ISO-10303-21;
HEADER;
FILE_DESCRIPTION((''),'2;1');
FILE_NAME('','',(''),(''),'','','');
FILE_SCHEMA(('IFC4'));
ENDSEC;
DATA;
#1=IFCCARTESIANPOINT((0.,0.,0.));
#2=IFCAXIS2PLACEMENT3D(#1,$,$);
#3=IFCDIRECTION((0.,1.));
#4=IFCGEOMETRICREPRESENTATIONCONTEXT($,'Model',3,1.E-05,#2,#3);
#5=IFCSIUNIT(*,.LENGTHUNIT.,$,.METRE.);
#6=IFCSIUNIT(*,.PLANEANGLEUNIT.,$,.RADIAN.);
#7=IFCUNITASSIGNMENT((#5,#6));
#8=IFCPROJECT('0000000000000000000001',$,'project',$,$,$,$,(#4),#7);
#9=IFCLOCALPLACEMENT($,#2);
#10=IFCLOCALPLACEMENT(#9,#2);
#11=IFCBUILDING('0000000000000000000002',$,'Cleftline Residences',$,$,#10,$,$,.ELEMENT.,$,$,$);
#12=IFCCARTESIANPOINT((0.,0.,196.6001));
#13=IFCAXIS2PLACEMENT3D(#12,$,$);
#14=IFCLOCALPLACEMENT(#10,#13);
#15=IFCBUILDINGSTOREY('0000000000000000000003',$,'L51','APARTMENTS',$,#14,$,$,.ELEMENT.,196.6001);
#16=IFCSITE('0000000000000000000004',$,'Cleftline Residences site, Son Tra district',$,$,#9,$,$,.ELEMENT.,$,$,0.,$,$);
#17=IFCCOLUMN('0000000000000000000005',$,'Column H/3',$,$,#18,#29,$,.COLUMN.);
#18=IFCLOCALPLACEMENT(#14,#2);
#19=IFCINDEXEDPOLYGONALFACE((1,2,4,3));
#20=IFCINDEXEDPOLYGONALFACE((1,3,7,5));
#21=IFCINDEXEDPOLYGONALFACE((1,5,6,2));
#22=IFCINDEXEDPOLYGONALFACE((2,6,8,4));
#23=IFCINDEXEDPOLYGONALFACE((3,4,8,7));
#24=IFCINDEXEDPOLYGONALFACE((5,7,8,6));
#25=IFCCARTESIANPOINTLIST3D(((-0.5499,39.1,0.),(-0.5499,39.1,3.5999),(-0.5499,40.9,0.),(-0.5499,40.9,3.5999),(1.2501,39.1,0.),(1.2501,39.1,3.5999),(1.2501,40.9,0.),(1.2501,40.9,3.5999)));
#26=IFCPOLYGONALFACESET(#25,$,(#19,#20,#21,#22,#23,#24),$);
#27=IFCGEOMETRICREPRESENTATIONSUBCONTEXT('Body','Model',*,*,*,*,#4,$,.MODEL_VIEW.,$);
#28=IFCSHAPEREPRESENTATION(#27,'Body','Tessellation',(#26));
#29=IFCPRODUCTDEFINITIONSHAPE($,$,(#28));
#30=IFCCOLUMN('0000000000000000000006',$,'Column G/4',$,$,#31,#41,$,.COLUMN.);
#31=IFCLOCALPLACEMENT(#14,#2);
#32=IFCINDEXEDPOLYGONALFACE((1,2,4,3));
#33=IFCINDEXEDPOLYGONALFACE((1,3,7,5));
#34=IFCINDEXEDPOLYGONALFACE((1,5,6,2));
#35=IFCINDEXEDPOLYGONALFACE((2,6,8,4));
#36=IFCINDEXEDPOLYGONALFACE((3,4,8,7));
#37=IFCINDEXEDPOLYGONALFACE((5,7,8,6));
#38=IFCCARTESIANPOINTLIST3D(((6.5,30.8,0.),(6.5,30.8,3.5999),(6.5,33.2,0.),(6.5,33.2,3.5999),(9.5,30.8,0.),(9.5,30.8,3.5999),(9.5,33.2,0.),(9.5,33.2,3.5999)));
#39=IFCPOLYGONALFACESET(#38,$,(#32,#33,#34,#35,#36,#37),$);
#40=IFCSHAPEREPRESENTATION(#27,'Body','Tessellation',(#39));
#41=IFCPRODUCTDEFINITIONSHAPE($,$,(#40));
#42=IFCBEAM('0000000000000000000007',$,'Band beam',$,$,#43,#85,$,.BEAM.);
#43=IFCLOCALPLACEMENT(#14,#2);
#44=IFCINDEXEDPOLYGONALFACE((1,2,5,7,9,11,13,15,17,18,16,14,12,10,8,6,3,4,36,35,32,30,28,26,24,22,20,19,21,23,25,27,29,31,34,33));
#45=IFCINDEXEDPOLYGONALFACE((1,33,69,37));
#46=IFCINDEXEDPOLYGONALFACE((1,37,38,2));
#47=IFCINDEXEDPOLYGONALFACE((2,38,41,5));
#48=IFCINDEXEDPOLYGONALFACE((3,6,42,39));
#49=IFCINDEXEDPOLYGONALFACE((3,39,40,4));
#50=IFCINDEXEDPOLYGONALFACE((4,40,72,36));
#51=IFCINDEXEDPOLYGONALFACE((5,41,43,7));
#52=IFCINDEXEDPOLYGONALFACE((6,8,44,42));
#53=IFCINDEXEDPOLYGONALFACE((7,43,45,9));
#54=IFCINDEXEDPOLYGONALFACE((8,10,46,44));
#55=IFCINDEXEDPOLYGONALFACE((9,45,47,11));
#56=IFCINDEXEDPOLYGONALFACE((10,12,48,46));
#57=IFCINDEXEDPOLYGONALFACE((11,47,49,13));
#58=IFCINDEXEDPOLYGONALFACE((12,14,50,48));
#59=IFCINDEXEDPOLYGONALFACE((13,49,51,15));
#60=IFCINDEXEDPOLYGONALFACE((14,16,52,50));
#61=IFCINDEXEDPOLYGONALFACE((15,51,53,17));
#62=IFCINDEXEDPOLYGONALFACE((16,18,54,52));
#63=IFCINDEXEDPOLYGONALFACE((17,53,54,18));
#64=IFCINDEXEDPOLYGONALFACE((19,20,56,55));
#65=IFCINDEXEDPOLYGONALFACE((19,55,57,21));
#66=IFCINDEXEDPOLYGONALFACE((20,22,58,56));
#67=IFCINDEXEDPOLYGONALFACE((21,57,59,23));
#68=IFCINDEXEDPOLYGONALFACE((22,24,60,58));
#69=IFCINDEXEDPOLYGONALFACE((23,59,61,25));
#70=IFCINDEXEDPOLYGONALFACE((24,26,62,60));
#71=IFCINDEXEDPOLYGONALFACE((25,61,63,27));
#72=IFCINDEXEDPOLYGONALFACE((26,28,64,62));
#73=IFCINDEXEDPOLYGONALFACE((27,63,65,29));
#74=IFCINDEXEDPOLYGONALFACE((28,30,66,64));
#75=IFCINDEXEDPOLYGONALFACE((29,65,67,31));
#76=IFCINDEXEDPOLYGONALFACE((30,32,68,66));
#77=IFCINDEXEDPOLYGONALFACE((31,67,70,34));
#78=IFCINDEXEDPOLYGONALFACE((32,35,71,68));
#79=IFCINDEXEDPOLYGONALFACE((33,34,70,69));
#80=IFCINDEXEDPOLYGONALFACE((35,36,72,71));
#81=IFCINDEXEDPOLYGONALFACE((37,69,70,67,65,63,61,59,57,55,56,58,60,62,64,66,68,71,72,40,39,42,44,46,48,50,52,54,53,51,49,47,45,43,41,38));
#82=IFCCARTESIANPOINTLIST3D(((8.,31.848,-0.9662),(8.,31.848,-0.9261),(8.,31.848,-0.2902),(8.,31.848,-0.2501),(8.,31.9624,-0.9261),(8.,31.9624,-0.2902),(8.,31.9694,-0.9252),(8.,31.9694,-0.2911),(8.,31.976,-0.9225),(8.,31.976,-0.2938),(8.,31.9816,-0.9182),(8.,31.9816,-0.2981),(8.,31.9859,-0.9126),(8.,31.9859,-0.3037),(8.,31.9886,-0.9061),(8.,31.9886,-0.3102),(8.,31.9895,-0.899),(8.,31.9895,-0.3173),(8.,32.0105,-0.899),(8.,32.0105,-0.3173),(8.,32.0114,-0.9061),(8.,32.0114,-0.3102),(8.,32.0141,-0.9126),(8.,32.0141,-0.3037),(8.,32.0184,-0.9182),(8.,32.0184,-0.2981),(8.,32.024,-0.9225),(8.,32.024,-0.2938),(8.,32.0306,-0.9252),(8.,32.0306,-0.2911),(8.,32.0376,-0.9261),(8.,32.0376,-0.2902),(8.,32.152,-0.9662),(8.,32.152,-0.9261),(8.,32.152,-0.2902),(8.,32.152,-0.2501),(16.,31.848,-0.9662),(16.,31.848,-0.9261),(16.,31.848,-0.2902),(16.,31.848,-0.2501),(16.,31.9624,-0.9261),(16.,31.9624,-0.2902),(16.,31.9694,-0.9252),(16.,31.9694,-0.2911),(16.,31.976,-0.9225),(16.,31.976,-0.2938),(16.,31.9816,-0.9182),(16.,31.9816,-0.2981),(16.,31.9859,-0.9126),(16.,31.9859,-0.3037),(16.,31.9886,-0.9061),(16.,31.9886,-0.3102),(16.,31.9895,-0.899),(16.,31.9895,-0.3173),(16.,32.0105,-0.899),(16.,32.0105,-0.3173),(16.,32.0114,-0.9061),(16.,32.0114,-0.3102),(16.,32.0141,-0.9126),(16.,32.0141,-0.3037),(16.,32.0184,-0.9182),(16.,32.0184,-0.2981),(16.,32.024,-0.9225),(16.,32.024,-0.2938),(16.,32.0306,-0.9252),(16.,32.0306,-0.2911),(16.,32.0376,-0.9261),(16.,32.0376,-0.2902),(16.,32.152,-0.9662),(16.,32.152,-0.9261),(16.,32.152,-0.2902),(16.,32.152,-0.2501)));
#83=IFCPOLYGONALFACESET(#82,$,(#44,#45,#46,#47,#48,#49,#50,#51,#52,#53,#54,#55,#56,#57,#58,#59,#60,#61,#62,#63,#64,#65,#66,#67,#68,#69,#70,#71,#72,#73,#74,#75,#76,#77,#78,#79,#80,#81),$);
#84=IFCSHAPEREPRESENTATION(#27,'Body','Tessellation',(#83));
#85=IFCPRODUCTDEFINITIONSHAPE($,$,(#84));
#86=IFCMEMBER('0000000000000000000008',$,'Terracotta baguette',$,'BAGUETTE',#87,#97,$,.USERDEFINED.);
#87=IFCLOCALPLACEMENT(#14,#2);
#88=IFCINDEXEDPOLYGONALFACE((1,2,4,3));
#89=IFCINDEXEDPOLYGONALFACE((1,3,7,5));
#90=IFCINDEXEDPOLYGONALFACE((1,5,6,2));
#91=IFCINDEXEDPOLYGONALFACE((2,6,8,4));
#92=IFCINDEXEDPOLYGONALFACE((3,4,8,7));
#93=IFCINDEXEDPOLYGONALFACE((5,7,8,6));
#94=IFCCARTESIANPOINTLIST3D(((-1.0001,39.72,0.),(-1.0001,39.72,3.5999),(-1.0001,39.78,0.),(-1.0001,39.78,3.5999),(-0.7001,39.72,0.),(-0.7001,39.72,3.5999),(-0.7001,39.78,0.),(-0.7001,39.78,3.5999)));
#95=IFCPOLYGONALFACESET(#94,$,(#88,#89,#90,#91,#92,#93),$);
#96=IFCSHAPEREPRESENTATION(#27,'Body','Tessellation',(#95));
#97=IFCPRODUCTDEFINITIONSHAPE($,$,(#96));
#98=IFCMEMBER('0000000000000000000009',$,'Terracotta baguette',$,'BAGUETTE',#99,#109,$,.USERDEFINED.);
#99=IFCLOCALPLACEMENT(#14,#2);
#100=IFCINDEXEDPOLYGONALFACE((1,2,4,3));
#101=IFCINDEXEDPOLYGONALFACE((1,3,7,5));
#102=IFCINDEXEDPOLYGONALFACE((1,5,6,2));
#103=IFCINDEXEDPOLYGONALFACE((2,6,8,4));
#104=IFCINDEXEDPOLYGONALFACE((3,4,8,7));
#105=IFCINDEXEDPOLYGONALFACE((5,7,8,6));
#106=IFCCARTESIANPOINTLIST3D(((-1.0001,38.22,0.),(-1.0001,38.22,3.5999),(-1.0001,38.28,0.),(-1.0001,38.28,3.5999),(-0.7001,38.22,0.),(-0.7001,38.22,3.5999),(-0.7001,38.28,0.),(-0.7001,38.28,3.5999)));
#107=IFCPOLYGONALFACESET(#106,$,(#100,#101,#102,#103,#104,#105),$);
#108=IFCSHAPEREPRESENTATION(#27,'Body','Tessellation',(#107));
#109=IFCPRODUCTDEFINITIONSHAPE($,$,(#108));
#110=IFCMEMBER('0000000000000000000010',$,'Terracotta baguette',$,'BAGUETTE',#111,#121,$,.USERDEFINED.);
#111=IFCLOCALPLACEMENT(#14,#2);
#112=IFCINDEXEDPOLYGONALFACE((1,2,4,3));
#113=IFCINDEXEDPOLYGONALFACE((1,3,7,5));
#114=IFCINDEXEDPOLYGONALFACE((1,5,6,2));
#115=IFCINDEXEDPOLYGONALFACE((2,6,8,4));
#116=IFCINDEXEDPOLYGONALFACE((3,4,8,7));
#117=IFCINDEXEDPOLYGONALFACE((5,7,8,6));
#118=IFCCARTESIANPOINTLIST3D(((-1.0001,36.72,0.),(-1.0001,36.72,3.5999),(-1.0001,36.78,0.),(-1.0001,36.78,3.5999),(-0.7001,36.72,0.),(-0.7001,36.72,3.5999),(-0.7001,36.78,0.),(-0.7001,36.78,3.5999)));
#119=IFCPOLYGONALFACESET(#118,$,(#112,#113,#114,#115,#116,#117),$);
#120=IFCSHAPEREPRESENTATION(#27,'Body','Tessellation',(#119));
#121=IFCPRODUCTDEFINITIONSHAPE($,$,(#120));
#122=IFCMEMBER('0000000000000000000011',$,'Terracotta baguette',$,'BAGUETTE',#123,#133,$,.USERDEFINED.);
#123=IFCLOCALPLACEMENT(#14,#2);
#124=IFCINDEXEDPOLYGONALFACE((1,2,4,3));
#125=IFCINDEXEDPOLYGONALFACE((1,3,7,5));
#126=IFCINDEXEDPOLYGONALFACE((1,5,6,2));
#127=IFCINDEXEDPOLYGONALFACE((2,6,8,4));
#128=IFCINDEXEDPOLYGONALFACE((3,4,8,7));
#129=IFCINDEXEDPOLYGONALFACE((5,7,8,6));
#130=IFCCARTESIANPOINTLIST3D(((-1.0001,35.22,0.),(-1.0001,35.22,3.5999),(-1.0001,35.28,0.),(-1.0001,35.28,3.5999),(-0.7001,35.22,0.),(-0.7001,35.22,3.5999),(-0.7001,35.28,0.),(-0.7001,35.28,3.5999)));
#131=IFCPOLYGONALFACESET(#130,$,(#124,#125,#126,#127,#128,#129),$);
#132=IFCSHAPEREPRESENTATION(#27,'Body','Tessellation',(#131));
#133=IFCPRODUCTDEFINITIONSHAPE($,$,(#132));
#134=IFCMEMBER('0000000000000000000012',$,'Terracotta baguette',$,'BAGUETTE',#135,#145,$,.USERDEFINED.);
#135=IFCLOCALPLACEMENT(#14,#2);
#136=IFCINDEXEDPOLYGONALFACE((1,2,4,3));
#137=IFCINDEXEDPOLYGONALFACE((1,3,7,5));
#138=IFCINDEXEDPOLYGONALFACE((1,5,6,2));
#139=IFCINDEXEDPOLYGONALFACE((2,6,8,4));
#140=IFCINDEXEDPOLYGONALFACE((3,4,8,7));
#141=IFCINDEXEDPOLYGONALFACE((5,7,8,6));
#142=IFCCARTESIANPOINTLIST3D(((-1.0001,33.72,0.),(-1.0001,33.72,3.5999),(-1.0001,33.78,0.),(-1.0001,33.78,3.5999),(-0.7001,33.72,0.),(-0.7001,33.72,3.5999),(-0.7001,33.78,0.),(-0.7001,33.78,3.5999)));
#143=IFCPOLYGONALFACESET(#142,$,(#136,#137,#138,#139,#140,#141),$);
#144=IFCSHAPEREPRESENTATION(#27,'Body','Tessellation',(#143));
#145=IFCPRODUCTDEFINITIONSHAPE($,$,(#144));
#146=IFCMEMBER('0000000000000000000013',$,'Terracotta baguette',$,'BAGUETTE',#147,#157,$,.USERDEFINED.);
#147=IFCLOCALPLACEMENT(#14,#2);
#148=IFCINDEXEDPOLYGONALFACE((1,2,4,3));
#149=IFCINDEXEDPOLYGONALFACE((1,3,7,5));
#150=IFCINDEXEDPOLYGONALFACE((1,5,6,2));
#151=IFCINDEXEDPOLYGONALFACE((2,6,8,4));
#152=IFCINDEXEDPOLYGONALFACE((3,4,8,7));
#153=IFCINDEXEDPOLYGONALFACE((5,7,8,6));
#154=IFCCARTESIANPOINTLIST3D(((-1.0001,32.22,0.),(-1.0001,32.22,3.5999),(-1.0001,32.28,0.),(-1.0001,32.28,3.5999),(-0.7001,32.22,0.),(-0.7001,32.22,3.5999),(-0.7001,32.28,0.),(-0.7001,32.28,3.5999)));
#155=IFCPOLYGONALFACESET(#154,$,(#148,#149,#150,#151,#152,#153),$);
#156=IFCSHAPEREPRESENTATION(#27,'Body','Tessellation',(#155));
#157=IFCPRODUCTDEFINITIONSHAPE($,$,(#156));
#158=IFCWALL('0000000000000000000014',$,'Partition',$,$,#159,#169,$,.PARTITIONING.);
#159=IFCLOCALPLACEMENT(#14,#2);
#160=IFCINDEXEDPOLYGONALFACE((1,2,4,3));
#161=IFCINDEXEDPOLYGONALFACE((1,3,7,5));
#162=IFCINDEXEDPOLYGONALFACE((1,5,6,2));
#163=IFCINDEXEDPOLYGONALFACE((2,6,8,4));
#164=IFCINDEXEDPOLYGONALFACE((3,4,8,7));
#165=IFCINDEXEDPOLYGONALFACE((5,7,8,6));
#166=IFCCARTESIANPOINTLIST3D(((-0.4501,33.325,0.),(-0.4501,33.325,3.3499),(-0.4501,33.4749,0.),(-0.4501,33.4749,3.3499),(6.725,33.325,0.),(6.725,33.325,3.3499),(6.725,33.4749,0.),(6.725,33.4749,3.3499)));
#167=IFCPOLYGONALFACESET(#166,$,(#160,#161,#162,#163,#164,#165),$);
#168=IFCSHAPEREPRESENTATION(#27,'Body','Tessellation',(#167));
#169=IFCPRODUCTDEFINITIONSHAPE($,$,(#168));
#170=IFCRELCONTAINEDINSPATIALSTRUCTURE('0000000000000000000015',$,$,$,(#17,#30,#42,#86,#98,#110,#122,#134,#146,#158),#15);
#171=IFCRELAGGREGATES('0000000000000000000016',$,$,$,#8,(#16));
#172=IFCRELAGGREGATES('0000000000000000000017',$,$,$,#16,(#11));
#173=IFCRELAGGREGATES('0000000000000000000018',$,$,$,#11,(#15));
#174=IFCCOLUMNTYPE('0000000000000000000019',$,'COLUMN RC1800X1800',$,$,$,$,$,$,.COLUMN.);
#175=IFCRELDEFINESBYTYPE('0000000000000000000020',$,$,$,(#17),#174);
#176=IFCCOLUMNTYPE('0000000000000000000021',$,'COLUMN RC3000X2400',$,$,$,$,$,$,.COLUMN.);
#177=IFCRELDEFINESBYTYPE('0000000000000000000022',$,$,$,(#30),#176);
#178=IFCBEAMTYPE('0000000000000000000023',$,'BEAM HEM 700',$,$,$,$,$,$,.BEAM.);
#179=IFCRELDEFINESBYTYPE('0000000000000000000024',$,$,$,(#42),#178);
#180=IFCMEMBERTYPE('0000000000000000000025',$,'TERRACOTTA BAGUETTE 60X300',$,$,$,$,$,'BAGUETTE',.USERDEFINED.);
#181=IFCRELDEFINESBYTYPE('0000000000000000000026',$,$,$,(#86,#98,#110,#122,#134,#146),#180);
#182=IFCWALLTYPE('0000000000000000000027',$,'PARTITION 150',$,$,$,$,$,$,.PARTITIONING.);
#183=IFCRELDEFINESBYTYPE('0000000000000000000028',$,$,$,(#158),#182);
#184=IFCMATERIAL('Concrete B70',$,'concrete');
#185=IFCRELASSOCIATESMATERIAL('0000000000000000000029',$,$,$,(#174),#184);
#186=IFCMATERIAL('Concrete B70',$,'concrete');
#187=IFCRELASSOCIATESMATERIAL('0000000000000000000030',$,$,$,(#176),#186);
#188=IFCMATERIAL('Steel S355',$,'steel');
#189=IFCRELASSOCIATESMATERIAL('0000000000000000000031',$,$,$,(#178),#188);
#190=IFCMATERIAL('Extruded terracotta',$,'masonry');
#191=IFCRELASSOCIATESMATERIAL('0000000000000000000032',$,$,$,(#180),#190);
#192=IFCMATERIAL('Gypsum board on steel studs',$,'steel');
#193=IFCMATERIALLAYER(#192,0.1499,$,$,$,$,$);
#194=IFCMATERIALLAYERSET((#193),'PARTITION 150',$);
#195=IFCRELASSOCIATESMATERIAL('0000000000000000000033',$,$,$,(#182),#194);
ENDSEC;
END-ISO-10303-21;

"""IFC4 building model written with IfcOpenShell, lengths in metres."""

from ifc_helpers import new_model, si_unit, direction, frame, frame_2d, origin, origin_2d, place, context, subcontext, project, spatial, rectangle, i_section, extrude, material, layer, layer_set, material_profile, profile_set, type_object, element, save


model = new_model("IFC4")

# Units and contexts
model_context = context("Model", 3, precision=1e-05, world=origin(), true_north=direction((0.0, 1.0)))
body_context = subcontext(model_context, "Body", "Model", "MODEL_VIEW")
ifc_project = project(units=[si_unit("LENGTHUNIT", "METRE"), si_unit("PLANEANGLEUNIT", "RADIAN")], contexts=[model_context])

# Site, building, storey
site_placement = place(None, origin())
site = spatial("IfcSite", under=ifc_project, at=site_placement, Name="Cleftline Residences site, Son Tra district", CompositionType="ELEMENT", RefElevation=0.0)
building_placement = place(site_placement, origin())
building = spatial("IfcBuilding", under=site, at=building_placement, Name="Cleftline Residences", CompositionType="ELEMENT")
storey_placement = place(building_placement, frame((0.0, 0.0, 196.6001)))
storey = spatial("IfcBuildingStorey", under=building, at=storey_placement, Name="L51", Description="APARTMENTS", CompositionType="ELEMENT", Elevation=196.6001)

# Columns
ifc_material_1 = material(Name="Concrete B70", Category="concrete")
ifc_material_profile_1 = material_profile(ifc_material_1, rectangle(XDim=1.8, YDim=1.8, at=origin_2d()))
ifc_profile_set_1 = profile_set([ifc_material_profile_1], Name="Concrete B70")
column_type_1 = type_object("IfcColumnType", Name="COLUMN RC1800X1800", PredefinedType="COLUMN", material=ifc_profile_set_1)
column_1_placement = place(storey_placement, frame((0.3501, 40.0, 0.0), z_axis=(0.0, 0.0, 1.0), x_axis=(1.0, 0.0, 0.0)))
element("IfcColumn", 1, at=column_1_placement, inside=storey, type_object=column_type_1, Name="Column H/3", PredefinedType="COLUMN", context=body_context, shape_type="SweptSolid", body=[
    extrude(rectangle(XDim=1.8, YDim=1.8, at=origin_2d()), origin(), (0.0, 0.0, 1.0), 3.5999),
])
ifc_material_2 = material(Name="Concrete B70", Category="concrete")
ifc_material_profile_2 = material_profile(ifc_material_2, rectangle(XDim=3.0, YDim=2.3999, at=origin_2d()))
ifc_profile_set_2 = profile_set([ifc_material_profile_2], Name="Concrete B70")
column_type_2 = type_object("IfcColumnType", Name="COLUMN RC3000X2400", PredefinedType="COLUMN", material=ifc_profile_set_2)
column_2_placement = place(storey_placement, frame((8.0, 32.0, 0.0), z_axis=(0.0, 0.0, 1.0), x_axis=(1.0, 0.0, 0.0)))
element("IfcColumn", 2, at=column_2_placement, inside=storey, type_object=column_type_2, Name="Column G/4", PredefinedType="COLUMN", context=body_context, shape_type="SweptSolid", body=[
    extrude(rectangle(XDim=3.0, YDim=2.3999, at=origin_2d()), origin(), (0.0, 0.0, 1.0), 3.5999),
])

# Beam
ifc_material_3 = material(Name="Steel S355", Category="steel")
ifc_material_profile_3 = material_profile(ifc_material_3, i_section(OverallWidth=0.304, OverallDepth=0.7161, WebThickness=0.021, FlangeThickness=0.04, FilletRadius=0.0271, at=origin_2d()))
ifc_profile_set_3 = profile_set([ifc_material_profile_3], Name="Steel S355")
beam_type = type_object("IfcBeamType", Name="BEAM HEM 700", PredefinedType="BEAM", material=ifc_profile_set_3)
beam_placement = place(storey_placement, frame((8.0, 32.0, -0.6082), z_axis=(1.0, 0.0, 0.0), x_axis=(0.0, 1.0, 0.0)))
element("IfcBeam", 3, at=beam_placement, inside=storey, type_object=beam_type, Name="Band beam", PredefinedType="BEAM", context=body_context, shape_type="SweptSolid", body=[
    extrude(i_section(OverallWidth=0.304, OverallDepth=0.7161, WebThickness=0.021, FlangeThickness=0.04, FilletRadius=0.0271, at=origin_2d()), origin(), (0.0, 0.0, 1.0), 8.0),
])

# Members
ifc_material_4 = material(Name="Extruded terracotta", Category="masonry")
ifc_material_profile_4 = material_profile(ifc_material_4, rectangle(XDim=0.0601, YDim=0.3, at=origin_2d()))
ifc_profile_set_4 = profile_set([ifc_material_profile_4], Name="Extruded terracotta")
member_type = type_object("IfcMemberType", Name="TERRACOTTA BAGUETTE 60X300", ElementType="BAGUETTE", PredefinedType="USERDEFINED", material=ifc_profile_set_4)
for number, where, z_axis, x_axis, name in (
    (4, (-0.8501, 39.75, 0.0), (0.0, 0.0, 1.0), (0.0, 1.0, 0.0), "Terracotta baguette"),
    (5, (-0.8501, 38.25, 0.0), (0.0, 0.0, 1.0), (0.0, 1.0, 0.0), "Terracotta baguette"),
    (6, (-0.8501, 36.75, 0.0), (0.0, 0.0, 1.0), (0.0, 1.0, 0.0), "Terracotta baguette"),
    (7, (-0.8501, 35.25, 0.0), (0.0, 0.0, 1.0), (0.0, 1.0, 0.0), "Terracotta baguette"),
    (8, (-0.8501, 33.75, 0.0), (0.0, 0.0, 1.0), (0.0, 1.0, 0.0), "Terracotta baguette"),
    (9, (-0.8501, 32.25, 0.0), (0.0, 0.0, 1.0), (0.0, 1.0, 0.0), "Terracotta baguette"),
):
    element("IfcMember", number, at=place(storey_placement, frame(where, z_axis=z_axis, x_axis=x_axis)), inside=storey, type_object=member_type, Name=name, ObjectType="BAGUETTE", PredefinedType="USERDEFINED", context=body_context, shape_type="SweptSolid", body=[
        extrude(rectangle(XDim=0.0601, YDim=0.3, at=origin_2d()), origin(), (0.0, 0.0, 1.0), 3.5999),
    ])

# Wall
ifc_material_5 = material(Name="Gypsum board on steel studs", Category="steel")
ifc_layer = layer(ifc_material_5, 0.1499)
ifc_layer_set = layer_set([ifc_layer], Name="PARTITION 150")
wall_type = type_object("IfcWallType", Name="PARTITION 150", PredefinedType="PARTITIONING", material=ifc_layer_set)
wall_1_placement = place(storey_placement, frame((-0.45, 33.3999, 0.0), z_axis=(0.0, 0.0, 1.0), x_axis=(1.0, 0.0, 0.0)))
element("IfcWall", 10, at=wall_1_placement, inside=storey, type_object=wall_type, Name="Partition", PredefinedType="PARTITIONING", context=body_context, shape_type="SweptSolid", body=[
    extrude(rectangle(XDim=7.175, YDim=0.1499, at=frame_2d((3.5874, 0.0))), origin(), (0.0, 0.0, 1.0), 3.3499),
])

save(model, "model.ifc")
